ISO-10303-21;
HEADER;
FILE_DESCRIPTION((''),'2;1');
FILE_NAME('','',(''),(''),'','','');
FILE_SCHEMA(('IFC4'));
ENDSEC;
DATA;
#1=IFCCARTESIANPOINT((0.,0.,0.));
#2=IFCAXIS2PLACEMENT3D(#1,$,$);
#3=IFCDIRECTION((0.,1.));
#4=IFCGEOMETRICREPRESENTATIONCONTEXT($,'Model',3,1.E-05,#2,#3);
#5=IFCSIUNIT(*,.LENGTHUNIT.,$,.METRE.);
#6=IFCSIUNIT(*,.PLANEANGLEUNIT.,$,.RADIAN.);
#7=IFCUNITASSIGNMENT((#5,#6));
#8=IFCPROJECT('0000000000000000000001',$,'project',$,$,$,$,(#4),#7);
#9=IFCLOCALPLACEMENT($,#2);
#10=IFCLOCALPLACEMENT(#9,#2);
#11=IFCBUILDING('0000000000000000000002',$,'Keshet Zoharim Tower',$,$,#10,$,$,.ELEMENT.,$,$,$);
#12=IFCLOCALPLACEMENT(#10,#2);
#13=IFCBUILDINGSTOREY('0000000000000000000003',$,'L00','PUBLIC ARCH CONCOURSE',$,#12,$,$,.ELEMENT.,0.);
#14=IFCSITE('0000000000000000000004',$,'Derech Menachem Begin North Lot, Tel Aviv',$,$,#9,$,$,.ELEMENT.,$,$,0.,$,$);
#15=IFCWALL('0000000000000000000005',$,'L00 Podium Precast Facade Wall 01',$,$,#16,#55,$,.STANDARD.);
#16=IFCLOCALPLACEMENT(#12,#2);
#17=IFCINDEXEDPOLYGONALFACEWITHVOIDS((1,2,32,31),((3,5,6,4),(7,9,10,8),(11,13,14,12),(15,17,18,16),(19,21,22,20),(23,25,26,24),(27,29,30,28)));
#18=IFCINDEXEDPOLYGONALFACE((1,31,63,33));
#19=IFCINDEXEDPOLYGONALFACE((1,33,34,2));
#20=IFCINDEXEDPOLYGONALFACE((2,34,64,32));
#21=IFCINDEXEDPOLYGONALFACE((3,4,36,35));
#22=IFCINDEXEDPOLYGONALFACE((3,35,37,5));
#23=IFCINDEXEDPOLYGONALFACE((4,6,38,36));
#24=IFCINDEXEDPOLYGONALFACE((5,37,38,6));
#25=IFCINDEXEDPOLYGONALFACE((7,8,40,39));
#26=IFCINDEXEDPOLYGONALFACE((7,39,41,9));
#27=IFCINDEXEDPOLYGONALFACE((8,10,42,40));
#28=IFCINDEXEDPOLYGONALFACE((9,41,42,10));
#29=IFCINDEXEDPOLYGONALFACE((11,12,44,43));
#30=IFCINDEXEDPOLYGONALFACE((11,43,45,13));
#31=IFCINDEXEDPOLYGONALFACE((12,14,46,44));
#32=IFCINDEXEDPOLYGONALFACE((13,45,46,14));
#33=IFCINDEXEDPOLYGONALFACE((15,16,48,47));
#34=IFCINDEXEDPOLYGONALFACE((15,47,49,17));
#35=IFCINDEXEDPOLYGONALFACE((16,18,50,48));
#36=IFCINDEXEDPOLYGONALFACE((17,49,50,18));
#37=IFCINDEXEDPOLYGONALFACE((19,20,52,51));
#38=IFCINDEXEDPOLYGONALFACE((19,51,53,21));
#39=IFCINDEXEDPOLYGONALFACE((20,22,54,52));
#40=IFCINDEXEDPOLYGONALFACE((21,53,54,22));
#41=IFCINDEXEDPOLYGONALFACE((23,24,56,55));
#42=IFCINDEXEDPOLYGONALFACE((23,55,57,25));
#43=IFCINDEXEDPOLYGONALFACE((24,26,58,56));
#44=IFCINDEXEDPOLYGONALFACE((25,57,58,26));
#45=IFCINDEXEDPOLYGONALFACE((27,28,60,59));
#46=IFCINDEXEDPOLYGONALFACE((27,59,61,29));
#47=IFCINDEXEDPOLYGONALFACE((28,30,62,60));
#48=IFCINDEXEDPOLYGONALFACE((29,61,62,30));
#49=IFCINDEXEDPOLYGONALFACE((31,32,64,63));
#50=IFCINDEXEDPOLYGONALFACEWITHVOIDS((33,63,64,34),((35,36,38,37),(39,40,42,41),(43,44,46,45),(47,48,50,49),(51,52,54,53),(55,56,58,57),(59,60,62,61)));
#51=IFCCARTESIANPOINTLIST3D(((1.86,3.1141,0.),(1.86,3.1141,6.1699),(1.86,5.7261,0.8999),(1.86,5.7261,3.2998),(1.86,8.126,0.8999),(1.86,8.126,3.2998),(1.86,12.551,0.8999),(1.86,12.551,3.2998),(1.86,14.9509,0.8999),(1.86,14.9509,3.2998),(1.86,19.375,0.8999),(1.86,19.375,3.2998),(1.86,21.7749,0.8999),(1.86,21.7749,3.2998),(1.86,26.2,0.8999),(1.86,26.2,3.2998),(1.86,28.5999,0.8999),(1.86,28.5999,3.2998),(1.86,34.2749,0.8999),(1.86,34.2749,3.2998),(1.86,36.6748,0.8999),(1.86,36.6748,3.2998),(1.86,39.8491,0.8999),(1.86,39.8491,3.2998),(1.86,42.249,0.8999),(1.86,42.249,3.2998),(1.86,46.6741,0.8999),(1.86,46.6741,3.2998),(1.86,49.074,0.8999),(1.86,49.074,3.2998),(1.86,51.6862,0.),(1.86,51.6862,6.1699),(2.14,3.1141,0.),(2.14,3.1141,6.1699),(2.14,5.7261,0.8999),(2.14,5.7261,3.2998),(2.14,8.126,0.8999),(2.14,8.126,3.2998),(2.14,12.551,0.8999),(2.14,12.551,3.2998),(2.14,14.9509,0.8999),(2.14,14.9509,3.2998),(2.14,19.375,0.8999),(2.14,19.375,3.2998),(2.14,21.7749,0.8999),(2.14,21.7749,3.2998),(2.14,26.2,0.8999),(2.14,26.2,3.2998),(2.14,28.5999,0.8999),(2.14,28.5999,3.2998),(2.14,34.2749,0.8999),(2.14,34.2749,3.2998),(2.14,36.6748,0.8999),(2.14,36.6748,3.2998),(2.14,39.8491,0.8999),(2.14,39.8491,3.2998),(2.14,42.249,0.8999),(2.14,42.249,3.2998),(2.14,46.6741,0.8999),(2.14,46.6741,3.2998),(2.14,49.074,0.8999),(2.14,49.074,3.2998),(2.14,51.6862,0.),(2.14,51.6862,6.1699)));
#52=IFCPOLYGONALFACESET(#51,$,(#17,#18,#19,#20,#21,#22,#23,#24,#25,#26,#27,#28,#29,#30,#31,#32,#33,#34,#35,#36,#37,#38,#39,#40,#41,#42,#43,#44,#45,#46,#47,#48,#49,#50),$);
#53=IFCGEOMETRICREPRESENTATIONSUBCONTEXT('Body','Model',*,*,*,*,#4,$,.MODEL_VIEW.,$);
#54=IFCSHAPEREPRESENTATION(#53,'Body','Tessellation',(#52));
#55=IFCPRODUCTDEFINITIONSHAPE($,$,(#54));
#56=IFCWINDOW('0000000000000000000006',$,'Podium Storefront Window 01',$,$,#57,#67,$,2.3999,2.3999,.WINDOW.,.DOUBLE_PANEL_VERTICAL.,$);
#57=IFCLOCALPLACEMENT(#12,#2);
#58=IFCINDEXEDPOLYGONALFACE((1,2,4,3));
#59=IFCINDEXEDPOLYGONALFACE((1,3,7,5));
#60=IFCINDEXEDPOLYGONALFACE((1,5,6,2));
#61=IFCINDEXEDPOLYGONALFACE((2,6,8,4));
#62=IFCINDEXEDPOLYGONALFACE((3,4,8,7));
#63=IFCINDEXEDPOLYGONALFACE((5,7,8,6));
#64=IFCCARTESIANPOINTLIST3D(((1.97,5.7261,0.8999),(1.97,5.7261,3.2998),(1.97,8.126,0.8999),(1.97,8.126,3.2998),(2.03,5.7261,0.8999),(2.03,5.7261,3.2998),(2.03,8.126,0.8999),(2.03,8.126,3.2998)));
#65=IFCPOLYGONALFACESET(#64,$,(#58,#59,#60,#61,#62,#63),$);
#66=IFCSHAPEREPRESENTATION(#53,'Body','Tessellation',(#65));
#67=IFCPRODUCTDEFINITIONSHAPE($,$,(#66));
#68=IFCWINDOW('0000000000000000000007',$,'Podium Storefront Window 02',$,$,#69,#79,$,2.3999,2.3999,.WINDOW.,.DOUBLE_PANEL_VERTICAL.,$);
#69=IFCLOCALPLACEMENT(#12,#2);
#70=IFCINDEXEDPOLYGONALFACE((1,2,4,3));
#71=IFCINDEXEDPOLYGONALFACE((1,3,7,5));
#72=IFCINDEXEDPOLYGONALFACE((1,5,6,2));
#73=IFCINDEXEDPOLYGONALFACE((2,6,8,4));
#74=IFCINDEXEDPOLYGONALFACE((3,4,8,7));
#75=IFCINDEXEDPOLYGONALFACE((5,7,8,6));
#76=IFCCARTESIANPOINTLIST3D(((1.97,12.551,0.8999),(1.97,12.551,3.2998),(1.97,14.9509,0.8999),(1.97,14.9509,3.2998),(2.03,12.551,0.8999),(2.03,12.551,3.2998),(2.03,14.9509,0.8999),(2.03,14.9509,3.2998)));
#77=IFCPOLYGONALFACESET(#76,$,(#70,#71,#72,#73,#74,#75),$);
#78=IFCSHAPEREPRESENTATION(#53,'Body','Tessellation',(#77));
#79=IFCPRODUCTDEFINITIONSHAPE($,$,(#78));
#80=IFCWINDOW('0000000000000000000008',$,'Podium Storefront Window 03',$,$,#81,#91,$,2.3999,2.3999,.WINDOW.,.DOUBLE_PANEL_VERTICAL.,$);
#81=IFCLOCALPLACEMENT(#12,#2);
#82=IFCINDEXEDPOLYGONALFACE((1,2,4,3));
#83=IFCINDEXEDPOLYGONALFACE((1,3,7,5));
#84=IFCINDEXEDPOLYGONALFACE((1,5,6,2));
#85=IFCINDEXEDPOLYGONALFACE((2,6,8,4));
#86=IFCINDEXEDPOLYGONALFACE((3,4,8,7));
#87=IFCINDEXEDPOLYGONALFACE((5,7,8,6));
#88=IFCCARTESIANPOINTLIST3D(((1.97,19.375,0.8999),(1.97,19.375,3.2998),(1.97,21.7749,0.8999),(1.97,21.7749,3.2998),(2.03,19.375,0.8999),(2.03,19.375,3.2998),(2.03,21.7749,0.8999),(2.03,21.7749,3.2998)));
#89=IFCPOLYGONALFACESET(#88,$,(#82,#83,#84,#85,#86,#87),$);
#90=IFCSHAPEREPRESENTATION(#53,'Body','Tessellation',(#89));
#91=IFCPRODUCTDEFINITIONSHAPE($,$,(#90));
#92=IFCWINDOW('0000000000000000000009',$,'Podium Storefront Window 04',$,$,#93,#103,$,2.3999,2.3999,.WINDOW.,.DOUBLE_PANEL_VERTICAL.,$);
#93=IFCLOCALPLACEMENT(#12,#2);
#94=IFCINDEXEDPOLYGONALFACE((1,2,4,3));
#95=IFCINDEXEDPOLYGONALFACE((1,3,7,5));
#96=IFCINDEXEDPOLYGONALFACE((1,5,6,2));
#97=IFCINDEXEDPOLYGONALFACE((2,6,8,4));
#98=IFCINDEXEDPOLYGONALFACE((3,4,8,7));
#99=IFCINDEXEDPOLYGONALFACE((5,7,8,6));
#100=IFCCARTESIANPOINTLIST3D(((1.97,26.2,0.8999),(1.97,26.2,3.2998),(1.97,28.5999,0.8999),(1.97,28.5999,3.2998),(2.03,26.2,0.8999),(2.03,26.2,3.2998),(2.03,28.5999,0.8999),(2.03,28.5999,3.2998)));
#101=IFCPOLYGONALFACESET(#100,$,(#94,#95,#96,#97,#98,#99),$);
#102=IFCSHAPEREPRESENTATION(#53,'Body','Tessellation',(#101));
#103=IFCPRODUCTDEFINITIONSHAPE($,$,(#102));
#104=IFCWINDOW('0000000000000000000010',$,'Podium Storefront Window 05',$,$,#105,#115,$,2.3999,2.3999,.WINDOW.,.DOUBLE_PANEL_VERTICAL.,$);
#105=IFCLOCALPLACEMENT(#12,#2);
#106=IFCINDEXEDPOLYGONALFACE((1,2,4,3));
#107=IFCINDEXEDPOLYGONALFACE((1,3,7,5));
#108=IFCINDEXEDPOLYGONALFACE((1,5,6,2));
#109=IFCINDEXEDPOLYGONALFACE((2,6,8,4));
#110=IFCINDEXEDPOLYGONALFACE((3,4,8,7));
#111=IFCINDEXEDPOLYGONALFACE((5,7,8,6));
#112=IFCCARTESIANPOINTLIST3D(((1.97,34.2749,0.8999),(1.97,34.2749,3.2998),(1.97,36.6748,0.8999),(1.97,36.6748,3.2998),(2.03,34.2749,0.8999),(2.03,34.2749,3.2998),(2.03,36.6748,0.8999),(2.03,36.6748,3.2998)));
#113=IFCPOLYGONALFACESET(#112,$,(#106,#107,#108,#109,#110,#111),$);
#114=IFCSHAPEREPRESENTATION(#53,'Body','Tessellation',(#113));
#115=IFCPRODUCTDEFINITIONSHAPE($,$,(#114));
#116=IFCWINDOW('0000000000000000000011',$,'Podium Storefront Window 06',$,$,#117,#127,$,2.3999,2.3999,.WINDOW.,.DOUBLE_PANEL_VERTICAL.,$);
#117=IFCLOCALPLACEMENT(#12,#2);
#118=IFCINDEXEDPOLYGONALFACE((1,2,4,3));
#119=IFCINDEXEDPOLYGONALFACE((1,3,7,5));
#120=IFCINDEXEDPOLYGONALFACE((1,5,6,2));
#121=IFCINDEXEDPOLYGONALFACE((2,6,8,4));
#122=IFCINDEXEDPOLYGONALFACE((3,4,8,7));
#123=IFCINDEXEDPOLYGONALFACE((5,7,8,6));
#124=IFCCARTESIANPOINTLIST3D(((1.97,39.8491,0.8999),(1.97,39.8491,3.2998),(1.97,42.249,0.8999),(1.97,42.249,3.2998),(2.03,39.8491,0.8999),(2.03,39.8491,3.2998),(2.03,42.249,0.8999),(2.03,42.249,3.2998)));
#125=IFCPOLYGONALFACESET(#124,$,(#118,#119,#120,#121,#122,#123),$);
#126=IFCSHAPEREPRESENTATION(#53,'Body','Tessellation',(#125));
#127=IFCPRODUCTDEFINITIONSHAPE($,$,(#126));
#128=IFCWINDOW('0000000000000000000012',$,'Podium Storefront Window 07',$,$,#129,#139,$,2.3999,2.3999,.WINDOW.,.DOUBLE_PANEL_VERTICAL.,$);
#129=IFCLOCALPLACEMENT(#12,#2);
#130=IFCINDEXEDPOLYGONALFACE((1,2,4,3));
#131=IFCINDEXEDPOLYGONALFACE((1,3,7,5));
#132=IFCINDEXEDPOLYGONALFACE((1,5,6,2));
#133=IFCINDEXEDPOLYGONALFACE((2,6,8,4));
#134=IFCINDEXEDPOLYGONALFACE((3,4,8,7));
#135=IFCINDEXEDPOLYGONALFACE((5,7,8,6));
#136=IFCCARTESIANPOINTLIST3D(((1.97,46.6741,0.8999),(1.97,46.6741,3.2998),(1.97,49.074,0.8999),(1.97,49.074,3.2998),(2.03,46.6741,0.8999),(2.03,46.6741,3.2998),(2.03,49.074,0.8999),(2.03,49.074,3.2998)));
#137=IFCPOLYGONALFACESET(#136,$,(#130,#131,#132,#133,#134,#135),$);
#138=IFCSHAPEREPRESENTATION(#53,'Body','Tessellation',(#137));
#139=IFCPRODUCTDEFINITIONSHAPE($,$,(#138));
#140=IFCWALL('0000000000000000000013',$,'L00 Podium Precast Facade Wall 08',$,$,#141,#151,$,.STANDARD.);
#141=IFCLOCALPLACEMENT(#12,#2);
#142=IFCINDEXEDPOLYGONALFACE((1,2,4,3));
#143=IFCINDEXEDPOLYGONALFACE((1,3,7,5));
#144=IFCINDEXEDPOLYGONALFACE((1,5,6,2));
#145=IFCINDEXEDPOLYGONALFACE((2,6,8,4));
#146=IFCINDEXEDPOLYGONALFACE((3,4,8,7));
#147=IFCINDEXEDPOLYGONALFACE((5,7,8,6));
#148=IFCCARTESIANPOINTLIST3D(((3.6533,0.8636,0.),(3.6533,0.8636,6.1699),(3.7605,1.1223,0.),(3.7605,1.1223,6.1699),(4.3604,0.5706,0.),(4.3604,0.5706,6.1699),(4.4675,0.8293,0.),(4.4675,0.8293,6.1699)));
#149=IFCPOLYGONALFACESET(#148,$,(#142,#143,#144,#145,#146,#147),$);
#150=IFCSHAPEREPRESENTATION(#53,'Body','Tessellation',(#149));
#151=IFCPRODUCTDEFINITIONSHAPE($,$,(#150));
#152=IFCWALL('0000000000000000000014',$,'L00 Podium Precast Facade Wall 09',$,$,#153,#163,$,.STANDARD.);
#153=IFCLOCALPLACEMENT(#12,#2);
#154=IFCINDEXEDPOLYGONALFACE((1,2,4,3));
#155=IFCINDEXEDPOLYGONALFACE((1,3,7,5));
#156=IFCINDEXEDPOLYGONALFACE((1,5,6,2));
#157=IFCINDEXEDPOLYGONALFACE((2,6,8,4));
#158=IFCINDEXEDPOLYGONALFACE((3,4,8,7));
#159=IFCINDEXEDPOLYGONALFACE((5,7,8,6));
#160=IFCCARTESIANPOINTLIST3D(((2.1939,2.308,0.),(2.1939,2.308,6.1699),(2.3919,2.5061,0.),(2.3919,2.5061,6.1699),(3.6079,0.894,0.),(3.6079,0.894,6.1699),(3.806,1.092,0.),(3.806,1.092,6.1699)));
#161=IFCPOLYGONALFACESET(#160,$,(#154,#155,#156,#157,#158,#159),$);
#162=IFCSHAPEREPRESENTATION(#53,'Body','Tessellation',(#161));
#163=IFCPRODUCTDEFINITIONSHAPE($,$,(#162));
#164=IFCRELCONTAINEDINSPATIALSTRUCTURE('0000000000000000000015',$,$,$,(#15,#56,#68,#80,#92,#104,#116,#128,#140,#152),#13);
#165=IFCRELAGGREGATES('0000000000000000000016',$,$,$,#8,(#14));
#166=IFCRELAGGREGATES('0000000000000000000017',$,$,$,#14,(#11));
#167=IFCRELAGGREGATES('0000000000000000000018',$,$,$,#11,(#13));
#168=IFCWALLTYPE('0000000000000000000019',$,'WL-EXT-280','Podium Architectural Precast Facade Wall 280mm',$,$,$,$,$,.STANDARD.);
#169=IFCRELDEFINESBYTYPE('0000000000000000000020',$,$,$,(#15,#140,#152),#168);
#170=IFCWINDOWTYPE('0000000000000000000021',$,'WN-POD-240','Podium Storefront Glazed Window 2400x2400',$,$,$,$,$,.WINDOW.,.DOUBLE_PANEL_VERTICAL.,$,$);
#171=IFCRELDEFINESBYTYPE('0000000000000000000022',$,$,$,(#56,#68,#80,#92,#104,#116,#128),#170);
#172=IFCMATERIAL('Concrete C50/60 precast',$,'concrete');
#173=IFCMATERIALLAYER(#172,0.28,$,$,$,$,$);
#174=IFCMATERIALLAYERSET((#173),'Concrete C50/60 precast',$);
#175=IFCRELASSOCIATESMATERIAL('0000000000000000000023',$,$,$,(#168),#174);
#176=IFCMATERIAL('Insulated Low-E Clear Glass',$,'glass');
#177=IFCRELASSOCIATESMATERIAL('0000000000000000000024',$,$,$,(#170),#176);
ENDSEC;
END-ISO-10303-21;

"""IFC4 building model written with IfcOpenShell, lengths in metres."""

from ifc_helpers import new_model, si_unit, direction, frame, frame_2d, origin, place, context, subcontext, project, spatial, rectangle, extrude, material, layer, layer_set, type_object, element, fill, save


model = new_model("IFC4")

# Units and contexts
model_context = context("Model", 3, precision=1e-05, world=origin(), true_north=direction((0.0, 1.0)))
body_context = subcontext(model_context, "Body", "Model", "MODEL_VIEW")
ifc_project = project(units=[si_unit("LENGTHUNIT", "METRE"), si_unit("PLANEANGLEUNIT", "RADIAN")], contexts=[model_context])

# Site, building, storey
site_placement = place(None, origin())
site = spatial("IfcSite", under=ifc_project, at=site_placement, Name="Derech Menachem Begin North Lot, Tel Aviv", CompositionType="ELEMENT", RefElevation=0.0)
building_placement = place(site_placement, origin())
building = spatial("IfcBuilding", under=site, at=building_placement, Name="Keshet Zoharim Tower", CompositionType="ELEMENT")
storey_placement = place(building_placement, origin())
storey = spatial("IfcBuildingStorey", under=building, at=storey_placement, Name="L00", Description="PUBLIC ARCH CONCOURSE", CompositionType="ELEMENT", Elevation=0.0)

# Wall, openings, windows
ifc_material_1 = material(Name="Concrete C50/60 precast", Category="concrete")
ifc_layer_1 = layer(ifc_material_1, 0.28)
ifc_layer_set_1 = layer_set([ifc_layer_1], Name="Concrete C50/60 precast")
wall_type_1 = type_object("IfcWallType", Name="WL-EXT-280", Description="Podium Architectural Precast Facade Wall 280mm", PredefinedType="STANDARD", material=ifc_layer_set_1)
wall_1_placement = place(storey_placement, frame((2.0, 3.114, 0.0), z_axis=(0.0, 0.0, 1.0), x_axis=(0.0, 1.0, 0.0)))
wall_1 = element("IfcWall", 1, at=wall_1_placement, inside=storey, type_object=wall_type_1, Name="L00 Podium Precast Facade Wall 01", PredefinedType="STANDARD", context=body_context, shape_type="SweptSolid", body=[
    extrude(rectangle(XDim=48.572, YDim=0.28, at=frame_2d((24.2861, 0.0))), origin(), (0.0, 0.0, 1.0), 6.1699),
])
opening_1_placement = place(wall_1_placement, frame((2.6121, 0.0, 0.8999)))
opening_1 = element("IfcOpeningElement", 2, at=opening_1_placement, cuts=wall_1, PredefinedType="OPENING", context=body_context, shape_type="SweptSolid", body=[
    extrude(rectangle(XDim=2.3999, YDim=2.3999, at=frame_2d((1.2, 1.2))), frame((0.0, 0.1499, 0.0), z_axis=(0.0, -1.0, 0.0), x_axis=(1.0, 0.0, 0.0)), (0.0, 0.0, 1.0), 0.3),
])
opening_2_placement = place(wall_1_placement, frame((9.437, 0.0, 0.8999)))
opening_2 = element("IfcOpeningElement", 3, at=opening_2_placement, cuts=wall_1, PredefinedType="OPENING", context=body_context, shape_type="SweptSolid", body=[
    extrude(rectangle(XDim=2.3999, YDim=2.3999, at=frame_2d((1.2, 1.2))), frame((0.0, 0.1499, 0.0), z_axis=(0.0, -1.0, 0.0), x_axis=(1.0, 0.0, 0.0)), (0.0, 0.0, 1.0), 0.3),
])
opening_3_placement = place(wall_1_placement, frame((16.261, 0.0, 0.8999)))
opening_3 = element("IfcOpeningElement", 4, at=opening_3_placement, cuts=wall_1, PredefinedType="OPENING", context=body_context, shape_type="SweptSolid", body=[
    extrude(rectangle(XDim=2.3999, YDim=2.3999, at=frame_2d((1.2, 1.2))), frame((0.0, 0.1499, 0.0), z_axis=(0.0, -1.0, 0.0), x_axis=(1.0, 0.0, 0.0)), (0.0, 0.0, 1.0), 0.3),
])
opening_4_placement = place(wall_1_placement, frame((23.0859, 0.0, 0.8999)))
opening_4 = element("IfcOpeningElement", 5, at=opening_4_placement, cuts=wall_1, PredefinedType="OPENING", context=body_context, shape_type="SweptSolid", body=[
    extrude(rectangle(XDim=2.3999, YDim=2.3999, at=frame_2d((1.2, 1.2))), frame((0.0, 0.1499, 0.0), z_axis=(0.0, -1.0, 0.0), x_axis=(1.0, 0.0, 0.0)), (0.0, 0.0, 1.0), 0.3),
])
opening_5_placement = place(wall_1_placement, frame((31.1609, 0.0, 0.8999)))
opening_5 = element("IfcOpeningElement", 6, at=opening_5_placement, cuts=wall_1, PredefinedType="OPENING", context=body_context, shape_type="SweptSolid", body=[
    extrude(rectangle(XDim=2.3999, YDim=2.3999, at=frame_2d((1.2, 1.2))), frame((0.0, 0.1499, 0.0), z_axis=(0.0, -1.0, 0.0), x_axis=(1.0, 0.0, 0.0)), (0.0, 0.0, 1.0), 0.3),
])
opening_6_placement = place(wall_1_placement, frame((36.7351, 0.0, 0.8999)))
opening_6 = element("IfcOpeningElement", 7, at=opening_6_placement, cuts=wall_1, PredefinedType="OPENING", context=body_context, shape_type="SweptSolid", body=[
    extrude(rectangle(XDim=2.3999, YDim=2.3999, at=frame_2d((1.2, 1.2))), frame((0.0, 0.1499, 0.0), z_axis=(0.0, -1.0, 0.0), x_axis=(1.0, 0.0, 0.0)), (0.0, 0.0, 1.0), 0.3),
])
opening_7_placement = place(wall_1_placement, frame((43.5601, 0.0, 0.8999)))
opening_7 = element("IfcOpeningElement", 8, at=opening_7_placement, cuts=wall_1, PredefinedType="OPENING", context=body_context, shape_type="SweptSolid", body=[
    extrude(rectangle(XDim=2.3999, YDim=2.3999, at=frame_2d((1.2, 1.2))), frame((0.0, 0.1499, 0.0), z_axis=(0.0, -1.0, 0.0), x_axis=(1.0, 0.0, 0.0)), (0.0, 0.0, 1.0), 0.3),
])
ifc_material_2 = material(Name="Insulated Low-E Clear Glass", Category="glass")
window_type = type_object("IfcWindowType", Name="WN-POD-240", Description="Podium Storefront Glazed Window 2400x2400", PartitioningType="DOUBLE_PANEL_VERTICAL", PredefinedType="WINDOW", material=ifc_material_2)
window_1_placement = place(opening_1_placement, origin())
window_1 = element("IfcWindow", 9, at=window_1_placement, inside=storey, type_object=window_type, Name="Podium Storefront Window 01", OverallHeight=2.3999, OverallWidth=2.3999, PartitioningType="DOUBLE_PANEL_VERTICAL", PredefinedType="WINDOW", context=body_context, shape_type="SweptSolid", body=[
    extrude(rectangle(XDim=2.3999, YDim=2.3999, at=frame_2d((1.2, 1.2))), frame((0.0, 0.03, 0.0), z_axis=(0.0, -1.0, 0.0), x_axis=(1.0, 0.0, 0.0)), (0.0, 0.0, 1.0), 0.0601),
])
fill(opening_1, window_1)
window_2_placement = place(opening_2_placement, origin())
window_2 = element("IfcWindow", 10, at=window_2_placement, inside=storey, type_object=window_type, Name="Podium Storefront Window 02", OverallHeight=2.3999, OverallWidth=2.3999, PartitioningType="DOUBLE_PANEL_VERTICAL", PredefinedType="WINDOW", context=body_context, shape_type="SweptSolid", body=[
    extrude(rectangle(XDim=2.3999, YDim=2.3999, at=frame_2d((1.2, 1.2))), frame((0.0, 0.03, 0.0), z_axis=(0.0, -1.0, 0.0), x_axis=(1.0, 0.0, 0.0)), (0.0, 0.0, 1.0), 0.0601),
])
fill(opening_2, window_2)
window_3_placement = place(opening_3_placement, origin())
window_3 = element("IfcWindow", 11, at=window_3_placement, inside=storey, type_object=window_type, Name="Podium Storefront Window 03", OverallHeight=2.3999, OverallWidth=2.3999, PartitioningType="DOUBLE_PANEL_VERTICAL", PredefinedType="WINDOW", context=body_context, shape_type="SweptSolid", body=[
    extrude(rectangle(XDim=2.3999, YDim=2.3999, at=frame_2d((1.2, 1.2))), frame((0.0, 0.03, 0.0), z_axis=(0.0, -1.0, 0.0), x_axis=(1.0, 0.0, 0.0)), (0.0, 0.0, 1.0), 0.0601),
])
fill(opening_3, window_3)
window_4_placement = place(opening_4_placement, origin())
window_4 = element("IfcWindow", 12, at=window_4_placement, inside=storey, type_object=window_type, Name="Podium Storefront Window 04", OverallHeight=2.3999, OverallWidth=2.3999, PartitioningType="DOUBLE_PANEL_VERTICAL", PredefinedType="WINDOW", context=body_context, shape_type="SweptSolid", body=[
    extrude(rectangle(XDim=2.3999, YDim=2.3999, at=frame_2d((1.2, 1.2))), frame((0.0, 0.03, 0.0), z_axis=(0.0, -1.0, 0.0), x_axis=(1.0, 0.0, 0.0)), (0.0, 0.0, 1.0), 0.0601),
])
fill(opening_4, window_4)
window_5_placement = place(opening_5_placement, origin())
window_5 = element("IfcWindow", 13, at=window_5_placement, inside=storey, type_object=window_type, Name="Podium Storefront Window 05", OverallHeight=2.3999, OverallWidth=2.3999, PartitioningType="DOUBLE_PANEL_VERTICAL", PredefinedType="WINDOW", context=body_context, shape_type="SweptSolid", body=[
    extrude(rectangle(XDim=2.3999, YDim=2.3999, at=frame_2d((1.2, 1.2))), frame((0.0, 0.03, 0.0), z_axis=(0.0, -1.0, 0.0), x_axis=(1.0, 0.0, 0.0)), (0.0, 0.0, 1.0), 0.0601),
])
fill(opening_5, window_5)
window_6_placement = place(opening_6_placement, origin())
window_6 = element("IfcWindow", 14, at=window_6_placement, inside=storey, type_object=window_type, Name="Podium Storefront Window 06", OverallHeight=2.3999, OverallWidth=2.3999, PartitioningType="DOUBLE_PANEL_VERTICAL", PredefinedType="WINDOW", context=body_context, shape_type="SweptSolid", body=[
    extrude(rectangle(XDim=2.3999, YDim=2.3999, at=frame_2d((1.2, 1.2))), frame((0.0, 0.03, 0.0), z_axis=(0.0, -1.0, 0.0), x_axis=(1.0, 0.0, 0.0)), (0.0, 0.0, 1.0), 0.0601),
])
fill(opening_6, window_6)
window_7_placement = place(opening_7_placement, origin())
window_7 = element("IfcWindow", 15, at=window_7_placement, inside=storey, type_object=window_type, Name="Podium Storefront Window 07", OverallHeight=2.3999, OverallWidth=2.3999, PartitioningType="DOUBLE_PANEL_VERTICAL", PredefinedType="WINDOW", context=body_context, shape_type="SweptSolid", body=[
    extrude(rectangle(XDim=2.3999, YDim=2.3999, at=frame_2d((1.2, 1.2))), frame((0.0, 0.03, 0.0), z_axis=(0.0, -1.0, 0.0), x_axis=(1.0, 0.0, 0.0)), (0.0, 0.0, 1.0), 0.0601),
])
fill(opening_7, window_7)

# Walls
wall_2_placement = place(storey_placement, frame((4.4141, 0.7, 0.0), z_axis=(0.0, 0.0, 1.0), x_axis=(-0.92383, 0.382803, 0.0)))
element("IfcWall", 16, at=wall_2_placement, inside=storey, type_object=wall_type_1, Name="L00 Podium Precast Facade Wall 08", PredefinedType="STANDARD", context=body_context, shape_type="SweptSolid", body=[
    extrude(rectangle(XDim=0.7654, YDim=0.28, at=frame_2d((0.3828, 0.0))), origin(), (0.0, 0.0, 1.0), 6.1699),
])
wall_3_placement = place(storey_placement, frame((3.707, 0.9929, 0.0), z_axis=(0.0, 0.0, 1.0), x_axis=(-0.707107, 0.707107, 0.0)))
element("IfcWall", 17, at=wall_3_placement, inside=storey, type_object=wall_type_1, Name="L00 Podium Precast Facade Wall 09", PredefinedType="STANDARD", context=body_context, shape_type="SweptSolid", body=[
    extrude(rectangle(XDim=1.9998, YDim=0.28, at=frame_2d((1.0, 0.0))), origin(), (0.0, 0.0, 1.0), 6.1699),
])

save(model, "model.ifc")
